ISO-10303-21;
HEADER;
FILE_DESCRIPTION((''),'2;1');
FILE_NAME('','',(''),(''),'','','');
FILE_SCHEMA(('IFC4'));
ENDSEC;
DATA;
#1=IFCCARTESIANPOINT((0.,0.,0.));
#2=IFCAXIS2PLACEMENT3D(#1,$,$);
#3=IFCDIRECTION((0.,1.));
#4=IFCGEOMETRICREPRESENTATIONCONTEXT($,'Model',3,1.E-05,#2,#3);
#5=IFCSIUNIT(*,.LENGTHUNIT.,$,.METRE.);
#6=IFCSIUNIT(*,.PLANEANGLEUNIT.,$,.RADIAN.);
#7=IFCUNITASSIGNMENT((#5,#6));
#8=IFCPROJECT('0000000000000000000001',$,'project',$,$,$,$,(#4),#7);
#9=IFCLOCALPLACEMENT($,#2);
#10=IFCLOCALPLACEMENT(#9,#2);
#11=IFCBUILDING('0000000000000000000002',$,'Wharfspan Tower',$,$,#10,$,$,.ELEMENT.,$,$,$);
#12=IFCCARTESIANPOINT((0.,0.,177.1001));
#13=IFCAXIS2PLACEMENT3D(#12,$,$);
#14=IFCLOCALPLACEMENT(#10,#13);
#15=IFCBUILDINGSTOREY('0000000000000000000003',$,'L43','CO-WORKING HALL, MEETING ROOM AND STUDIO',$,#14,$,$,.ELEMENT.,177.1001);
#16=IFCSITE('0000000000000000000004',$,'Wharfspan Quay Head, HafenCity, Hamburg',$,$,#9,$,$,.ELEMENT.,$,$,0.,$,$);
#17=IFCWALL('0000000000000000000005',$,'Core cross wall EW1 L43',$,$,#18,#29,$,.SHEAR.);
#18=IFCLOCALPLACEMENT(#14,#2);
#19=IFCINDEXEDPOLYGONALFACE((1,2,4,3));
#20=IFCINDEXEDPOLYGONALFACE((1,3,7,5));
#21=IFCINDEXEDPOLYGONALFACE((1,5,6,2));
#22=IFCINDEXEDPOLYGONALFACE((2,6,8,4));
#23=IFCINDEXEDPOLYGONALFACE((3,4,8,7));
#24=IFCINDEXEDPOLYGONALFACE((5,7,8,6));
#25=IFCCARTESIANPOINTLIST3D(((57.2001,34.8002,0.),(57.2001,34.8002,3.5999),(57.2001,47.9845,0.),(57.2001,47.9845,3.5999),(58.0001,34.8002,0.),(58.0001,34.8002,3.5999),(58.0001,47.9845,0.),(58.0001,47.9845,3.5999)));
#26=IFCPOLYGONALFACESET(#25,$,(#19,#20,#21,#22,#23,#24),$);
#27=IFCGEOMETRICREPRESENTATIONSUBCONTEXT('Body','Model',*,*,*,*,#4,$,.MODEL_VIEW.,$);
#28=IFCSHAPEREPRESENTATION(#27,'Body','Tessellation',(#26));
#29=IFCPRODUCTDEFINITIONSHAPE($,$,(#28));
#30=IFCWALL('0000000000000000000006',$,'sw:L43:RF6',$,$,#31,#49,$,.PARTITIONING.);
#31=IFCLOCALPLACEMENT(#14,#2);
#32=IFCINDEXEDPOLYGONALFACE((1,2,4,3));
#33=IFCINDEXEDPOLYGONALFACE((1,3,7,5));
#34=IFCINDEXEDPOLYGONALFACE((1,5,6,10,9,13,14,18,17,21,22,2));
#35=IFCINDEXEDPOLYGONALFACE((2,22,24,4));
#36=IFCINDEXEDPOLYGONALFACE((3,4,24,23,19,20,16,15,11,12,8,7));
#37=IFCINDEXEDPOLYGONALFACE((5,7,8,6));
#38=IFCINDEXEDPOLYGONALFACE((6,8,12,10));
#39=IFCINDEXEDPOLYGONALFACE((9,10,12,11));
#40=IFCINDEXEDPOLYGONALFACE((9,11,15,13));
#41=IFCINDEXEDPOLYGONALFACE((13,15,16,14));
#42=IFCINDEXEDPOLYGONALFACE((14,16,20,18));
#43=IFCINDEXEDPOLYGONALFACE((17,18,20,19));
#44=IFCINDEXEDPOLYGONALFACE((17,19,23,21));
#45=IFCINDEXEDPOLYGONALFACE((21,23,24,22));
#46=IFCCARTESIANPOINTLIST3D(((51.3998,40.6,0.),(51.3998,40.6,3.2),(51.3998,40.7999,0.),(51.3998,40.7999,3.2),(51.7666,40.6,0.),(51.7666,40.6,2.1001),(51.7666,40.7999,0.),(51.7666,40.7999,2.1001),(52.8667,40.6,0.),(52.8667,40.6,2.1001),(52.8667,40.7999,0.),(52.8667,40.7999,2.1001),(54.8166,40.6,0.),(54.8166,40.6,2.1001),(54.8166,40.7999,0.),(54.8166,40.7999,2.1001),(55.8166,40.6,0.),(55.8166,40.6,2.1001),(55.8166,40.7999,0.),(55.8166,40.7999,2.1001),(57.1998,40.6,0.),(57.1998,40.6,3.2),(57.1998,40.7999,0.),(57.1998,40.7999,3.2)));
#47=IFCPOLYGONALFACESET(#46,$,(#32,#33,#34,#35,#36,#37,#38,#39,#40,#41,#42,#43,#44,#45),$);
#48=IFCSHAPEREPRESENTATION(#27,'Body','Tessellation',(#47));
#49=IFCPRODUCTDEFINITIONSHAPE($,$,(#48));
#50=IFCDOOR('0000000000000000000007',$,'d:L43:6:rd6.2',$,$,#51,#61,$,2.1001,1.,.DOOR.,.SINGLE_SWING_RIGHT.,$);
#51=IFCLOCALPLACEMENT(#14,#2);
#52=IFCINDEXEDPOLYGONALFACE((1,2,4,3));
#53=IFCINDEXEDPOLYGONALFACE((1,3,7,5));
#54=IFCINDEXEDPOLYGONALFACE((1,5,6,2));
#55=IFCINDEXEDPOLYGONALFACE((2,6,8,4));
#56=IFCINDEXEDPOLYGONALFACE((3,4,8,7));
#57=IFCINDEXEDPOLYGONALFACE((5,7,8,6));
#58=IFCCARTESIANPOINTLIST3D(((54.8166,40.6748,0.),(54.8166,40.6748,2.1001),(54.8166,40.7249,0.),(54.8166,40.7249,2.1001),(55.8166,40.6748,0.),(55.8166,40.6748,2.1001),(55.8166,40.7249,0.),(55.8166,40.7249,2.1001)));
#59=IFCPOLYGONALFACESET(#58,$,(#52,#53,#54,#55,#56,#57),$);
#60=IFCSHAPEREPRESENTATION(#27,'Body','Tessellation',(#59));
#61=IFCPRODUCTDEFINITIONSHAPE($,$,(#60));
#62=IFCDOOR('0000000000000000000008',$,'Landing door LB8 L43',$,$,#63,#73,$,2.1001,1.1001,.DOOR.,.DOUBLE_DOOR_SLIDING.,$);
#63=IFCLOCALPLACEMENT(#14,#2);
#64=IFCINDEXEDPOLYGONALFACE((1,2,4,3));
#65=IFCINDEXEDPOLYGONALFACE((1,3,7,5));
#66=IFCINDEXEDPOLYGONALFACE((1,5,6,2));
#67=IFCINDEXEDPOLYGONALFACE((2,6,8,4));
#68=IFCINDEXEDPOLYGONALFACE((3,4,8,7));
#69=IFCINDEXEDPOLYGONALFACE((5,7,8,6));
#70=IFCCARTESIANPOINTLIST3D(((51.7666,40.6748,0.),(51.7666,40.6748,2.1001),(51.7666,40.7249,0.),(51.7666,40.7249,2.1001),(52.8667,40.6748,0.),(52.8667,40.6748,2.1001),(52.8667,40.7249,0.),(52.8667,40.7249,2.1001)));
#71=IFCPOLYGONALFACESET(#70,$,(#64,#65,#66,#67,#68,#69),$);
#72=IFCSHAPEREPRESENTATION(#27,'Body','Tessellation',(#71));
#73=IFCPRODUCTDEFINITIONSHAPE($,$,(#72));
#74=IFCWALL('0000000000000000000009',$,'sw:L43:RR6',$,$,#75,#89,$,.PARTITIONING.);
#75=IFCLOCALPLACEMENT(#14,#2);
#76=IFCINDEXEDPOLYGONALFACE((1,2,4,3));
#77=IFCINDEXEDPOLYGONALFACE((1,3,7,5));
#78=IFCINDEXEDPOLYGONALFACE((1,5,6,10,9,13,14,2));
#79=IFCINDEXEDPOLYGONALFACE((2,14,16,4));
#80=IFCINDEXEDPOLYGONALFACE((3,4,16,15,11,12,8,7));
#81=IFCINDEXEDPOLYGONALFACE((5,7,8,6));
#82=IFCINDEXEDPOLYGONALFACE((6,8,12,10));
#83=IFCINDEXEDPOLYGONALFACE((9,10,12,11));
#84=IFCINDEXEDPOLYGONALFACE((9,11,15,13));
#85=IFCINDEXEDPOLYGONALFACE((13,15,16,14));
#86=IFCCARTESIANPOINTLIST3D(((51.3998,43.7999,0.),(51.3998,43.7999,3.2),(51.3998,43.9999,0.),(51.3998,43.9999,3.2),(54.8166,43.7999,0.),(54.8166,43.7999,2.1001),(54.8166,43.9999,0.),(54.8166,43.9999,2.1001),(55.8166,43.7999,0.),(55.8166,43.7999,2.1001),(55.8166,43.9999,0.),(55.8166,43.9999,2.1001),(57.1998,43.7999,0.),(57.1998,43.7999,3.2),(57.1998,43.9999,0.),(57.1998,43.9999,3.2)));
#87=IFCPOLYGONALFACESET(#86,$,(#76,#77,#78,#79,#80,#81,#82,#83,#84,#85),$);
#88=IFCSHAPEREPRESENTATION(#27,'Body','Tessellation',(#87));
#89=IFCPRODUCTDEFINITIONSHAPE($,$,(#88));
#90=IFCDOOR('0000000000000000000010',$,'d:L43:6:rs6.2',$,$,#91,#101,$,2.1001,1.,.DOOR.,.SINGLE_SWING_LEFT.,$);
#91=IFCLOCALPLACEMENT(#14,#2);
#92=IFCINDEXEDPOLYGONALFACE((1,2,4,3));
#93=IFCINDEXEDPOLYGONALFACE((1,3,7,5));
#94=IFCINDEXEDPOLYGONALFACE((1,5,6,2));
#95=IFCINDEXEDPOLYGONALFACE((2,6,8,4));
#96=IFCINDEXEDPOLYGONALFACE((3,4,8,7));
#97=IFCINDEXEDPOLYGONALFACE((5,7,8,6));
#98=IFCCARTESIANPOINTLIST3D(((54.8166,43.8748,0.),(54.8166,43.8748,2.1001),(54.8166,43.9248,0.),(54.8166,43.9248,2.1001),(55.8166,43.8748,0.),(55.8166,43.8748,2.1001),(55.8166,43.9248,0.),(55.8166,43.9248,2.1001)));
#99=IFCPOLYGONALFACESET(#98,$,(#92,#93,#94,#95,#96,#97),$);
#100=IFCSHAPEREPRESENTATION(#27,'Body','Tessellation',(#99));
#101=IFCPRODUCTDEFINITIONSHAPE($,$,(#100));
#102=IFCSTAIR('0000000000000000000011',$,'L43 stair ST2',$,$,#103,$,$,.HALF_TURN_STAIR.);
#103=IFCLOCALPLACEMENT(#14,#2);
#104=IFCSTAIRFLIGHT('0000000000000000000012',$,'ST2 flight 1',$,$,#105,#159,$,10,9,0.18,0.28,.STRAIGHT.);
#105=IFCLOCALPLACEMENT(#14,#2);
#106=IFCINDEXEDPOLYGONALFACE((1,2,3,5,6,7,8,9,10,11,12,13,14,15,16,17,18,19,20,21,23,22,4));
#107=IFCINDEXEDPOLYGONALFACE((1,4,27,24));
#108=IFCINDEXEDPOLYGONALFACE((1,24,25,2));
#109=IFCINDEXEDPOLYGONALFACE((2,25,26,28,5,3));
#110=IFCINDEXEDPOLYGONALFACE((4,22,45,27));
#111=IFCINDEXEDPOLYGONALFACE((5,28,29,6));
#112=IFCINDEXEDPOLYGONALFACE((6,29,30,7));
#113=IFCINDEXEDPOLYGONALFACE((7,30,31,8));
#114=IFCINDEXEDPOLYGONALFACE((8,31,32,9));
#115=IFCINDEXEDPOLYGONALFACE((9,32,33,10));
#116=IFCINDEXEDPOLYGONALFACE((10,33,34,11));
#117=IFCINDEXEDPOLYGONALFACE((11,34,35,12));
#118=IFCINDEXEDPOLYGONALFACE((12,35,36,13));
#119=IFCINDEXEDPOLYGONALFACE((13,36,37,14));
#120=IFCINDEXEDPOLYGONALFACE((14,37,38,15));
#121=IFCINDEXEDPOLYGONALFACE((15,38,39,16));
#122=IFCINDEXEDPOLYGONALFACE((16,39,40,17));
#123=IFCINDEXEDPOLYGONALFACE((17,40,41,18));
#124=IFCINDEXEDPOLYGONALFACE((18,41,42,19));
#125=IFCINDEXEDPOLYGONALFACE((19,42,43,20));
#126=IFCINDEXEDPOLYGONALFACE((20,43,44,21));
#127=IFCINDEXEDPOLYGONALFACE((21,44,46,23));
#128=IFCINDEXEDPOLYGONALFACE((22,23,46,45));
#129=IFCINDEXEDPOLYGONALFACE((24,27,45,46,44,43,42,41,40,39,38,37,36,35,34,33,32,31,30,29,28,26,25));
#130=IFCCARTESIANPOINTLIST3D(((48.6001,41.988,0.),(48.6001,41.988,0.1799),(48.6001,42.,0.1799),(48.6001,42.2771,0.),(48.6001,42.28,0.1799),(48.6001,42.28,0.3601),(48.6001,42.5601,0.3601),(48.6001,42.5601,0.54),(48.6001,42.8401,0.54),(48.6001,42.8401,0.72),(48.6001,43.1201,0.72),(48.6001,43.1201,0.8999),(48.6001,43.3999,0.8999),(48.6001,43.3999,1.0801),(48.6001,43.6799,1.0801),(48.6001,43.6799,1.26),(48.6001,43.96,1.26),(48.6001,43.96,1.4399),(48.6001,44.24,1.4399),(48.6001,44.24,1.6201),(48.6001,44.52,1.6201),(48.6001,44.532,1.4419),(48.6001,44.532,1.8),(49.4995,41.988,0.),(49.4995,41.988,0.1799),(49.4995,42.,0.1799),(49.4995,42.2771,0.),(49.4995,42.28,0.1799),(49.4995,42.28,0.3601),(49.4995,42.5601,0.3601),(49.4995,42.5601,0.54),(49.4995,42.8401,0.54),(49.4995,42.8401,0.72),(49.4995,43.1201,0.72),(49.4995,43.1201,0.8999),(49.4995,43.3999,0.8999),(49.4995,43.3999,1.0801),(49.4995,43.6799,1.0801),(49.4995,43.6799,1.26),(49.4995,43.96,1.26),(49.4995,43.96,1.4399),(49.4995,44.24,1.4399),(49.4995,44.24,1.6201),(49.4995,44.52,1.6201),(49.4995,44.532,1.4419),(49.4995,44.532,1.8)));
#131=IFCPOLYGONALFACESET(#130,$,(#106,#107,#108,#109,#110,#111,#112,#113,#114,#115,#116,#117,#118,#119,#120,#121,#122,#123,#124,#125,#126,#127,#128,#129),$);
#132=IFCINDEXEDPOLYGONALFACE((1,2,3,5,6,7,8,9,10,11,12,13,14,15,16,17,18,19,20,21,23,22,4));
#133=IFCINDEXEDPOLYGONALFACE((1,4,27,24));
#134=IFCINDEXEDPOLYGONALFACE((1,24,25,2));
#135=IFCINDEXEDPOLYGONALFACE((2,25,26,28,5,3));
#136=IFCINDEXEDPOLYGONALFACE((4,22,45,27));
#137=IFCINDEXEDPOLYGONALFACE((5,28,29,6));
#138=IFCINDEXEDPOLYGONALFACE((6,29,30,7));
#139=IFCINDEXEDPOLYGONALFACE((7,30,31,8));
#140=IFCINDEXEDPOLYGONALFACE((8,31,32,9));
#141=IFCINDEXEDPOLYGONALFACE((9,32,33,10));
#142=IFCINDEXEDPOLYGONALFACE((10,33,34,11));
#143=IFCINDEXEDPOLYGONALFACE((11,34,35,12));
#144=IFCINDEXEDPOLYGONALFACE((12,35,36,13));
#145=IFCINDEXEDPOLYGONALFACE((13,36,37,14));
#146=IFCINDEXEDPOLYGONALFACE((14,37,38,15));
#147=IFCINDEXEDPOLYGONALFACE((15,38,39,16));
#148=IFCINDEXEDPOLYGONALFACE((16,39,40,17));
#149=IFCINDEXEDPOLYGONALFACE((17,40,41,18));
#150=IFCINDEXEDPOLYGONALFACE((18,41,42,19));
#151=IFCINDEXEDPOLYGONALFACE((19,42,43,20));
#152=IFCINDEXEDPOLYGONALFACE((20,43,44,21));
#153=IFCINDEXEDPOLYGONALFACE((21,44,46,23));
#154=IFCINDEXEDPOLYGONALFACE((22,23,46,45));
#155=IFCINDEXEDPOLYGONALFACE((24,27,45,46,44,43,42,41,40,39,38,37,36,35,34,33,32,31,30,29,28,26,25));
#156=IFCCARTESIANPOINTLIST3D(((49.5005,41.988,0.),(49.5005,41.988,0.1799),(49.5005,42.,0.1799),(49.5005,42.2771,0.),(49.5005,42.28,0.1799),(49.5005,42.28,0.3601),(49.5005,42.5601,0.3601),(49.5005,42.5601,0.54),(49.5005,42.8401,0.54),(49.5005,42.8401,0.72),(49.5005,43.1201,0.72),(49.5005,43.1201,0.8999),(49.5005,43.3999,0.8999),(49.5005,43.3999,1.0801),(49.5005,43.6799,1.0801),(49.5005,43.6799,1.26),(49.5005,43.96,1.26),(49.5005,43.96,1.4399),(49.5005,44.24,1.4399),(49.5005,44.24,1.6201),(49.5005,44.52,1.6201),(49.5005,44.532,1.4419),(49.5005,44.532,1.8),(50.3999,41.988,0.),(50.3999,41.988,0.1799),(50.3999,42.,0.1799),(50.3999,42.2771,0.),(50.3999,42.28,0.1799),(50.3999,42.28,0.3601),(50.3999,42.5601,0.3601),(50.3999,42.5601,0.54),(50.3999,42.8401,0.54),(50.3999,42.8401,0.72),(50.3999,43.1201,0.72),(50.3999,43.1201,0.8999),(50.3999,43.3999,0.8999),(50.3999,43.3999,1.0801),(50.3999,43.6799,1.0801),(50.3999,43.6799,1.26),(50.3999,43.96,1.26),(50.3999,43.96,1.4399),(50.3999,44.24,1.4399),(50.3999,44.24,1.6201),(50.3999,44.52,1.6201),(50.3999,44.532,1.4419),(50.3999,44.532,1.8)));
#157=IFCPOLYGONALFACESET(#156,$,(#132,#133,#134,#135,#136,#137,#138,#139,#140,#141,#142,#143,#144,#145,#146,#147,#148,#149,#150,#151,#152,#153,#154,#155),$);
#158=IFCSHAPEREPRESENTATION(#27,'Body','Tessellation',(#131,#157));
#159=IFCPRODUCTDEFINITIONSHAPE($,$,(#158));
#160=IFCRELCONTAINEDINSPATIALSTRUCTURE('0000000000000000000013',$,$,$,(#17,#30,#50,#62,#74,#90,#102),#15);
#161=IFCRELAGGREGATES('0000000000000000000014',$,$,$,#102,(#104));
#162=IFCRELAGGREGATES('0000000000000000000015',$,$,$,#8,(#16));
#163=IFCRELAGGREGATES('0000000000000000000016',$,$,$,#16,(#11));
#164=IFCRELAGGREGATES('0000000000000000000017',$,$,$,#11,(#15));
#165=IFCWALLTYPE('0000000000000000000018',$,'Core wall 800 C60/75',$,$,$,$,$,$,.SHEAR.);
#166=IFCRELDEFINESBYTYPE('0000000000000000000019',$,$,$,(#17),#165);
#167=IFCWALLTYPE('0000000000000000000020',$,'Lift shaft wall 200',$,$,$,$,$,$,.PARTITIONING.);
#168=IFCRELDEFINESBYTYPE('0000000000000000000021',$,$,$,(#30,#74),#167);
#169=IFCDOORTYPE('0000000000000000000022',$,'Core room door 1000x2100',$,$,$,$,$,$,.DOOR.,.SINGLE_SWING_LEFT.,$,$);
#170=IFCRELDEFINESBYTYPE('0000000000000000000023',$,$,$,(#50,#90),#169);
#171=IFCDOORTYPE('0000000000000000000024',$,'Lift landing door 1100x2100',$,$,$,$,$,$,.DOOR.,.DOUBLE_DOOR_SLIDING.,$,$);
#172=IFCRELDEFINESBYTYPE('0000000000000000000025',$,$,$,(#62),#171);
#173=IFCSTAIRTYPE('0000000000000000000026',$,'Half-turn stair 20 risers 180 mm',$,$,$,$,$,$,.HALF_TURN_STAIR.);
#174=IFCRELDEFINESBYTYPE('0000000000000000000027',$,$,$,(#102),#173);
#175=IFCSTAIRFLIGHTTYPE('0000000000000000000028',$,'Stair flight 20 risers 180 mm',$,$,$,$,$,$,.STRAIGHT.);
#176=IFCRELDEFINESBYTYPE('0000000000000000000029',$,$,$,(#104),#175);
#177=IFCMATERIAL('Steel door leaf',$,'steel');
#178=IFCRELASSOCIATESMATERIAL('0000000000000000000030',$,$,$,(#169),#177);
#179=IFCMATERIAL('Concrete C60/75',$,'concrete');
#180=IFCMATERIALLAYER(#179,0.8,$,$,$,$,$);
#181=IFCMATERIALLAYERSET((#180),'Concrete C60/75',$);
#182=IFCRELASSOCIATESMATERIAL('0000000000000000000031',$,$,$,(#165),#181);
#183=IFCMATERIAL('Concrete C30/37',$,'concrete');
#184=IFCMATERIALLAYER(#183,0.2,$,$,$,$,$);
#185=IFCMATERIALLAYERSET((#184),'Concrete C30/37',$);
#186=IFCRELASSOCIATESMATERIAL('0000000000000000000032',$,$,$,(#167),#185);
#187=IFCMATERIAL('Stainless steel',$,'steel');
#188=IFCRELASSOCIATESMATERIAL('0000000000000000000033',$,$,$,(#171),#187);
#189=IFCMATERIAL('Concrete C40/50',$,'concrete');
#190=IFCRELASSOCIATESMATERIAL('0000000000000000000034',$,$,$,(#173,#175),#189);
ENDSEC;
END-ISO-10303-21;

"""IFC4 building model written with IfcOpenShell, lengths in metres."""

from ifc_helpers import new_model, si_unit, direction, frame, frame_2d, origin, place, context, subcontext, project, spatial, polyline, rectangle, outline, extrude, material, layer, layer_set, type_object, element, fill, aggregate, save


model = new_model("IFC4")

# Units and contexts
model_context = context("Model", 3, precision=1e-05, world=origin(), true_north=direction((0.0, 1.0)))
body_context = subcontext(model_context, "Body", "Model", "MODEL_VIEW")
ifc_project = project(units=[si_unit("LENGTHUNIT", "METRE"), si_unit("PLANEANGLEUNIT", "RADIAN")], contexts=[model_context])

# Site, building, storey
site_placement = place(None, origin())
site = spatial("IfcSite", under=ifc_project, at=site_placement, Name="Wharfspan Quay Head, HafenCity, Hamburg", CompositionType="ELEMENT", RefElevation=0.0)
building_placement = place(site_placement, origin())
building = spatial("IfcBuilding", under=site, at=building_placement, Name="Wharfspan Tower", CompositionType="ELEMENT")
storey_placement = place(building_placement, frame((0.0, 0.0, 177.1001)))
storey = spatial("IfcBuildingStorey", under=building, at=storey_placement, Name="L43", Description="CO-WORKING HALL, MEETING ROOM AND STUDIO", CompositionType="ELEMENT", Elevation=177.1001)

# Shared definitions
ifc_material_1 = material(Name="Steel door leaf", Category="steel")
door_type_1 = type_object("IfcDoorType", Name="Core room door 1000x2100", OperationType="SINGLE_SWING_LEFT", PredefinedType="DOOR", material=ifc_material_1)

# Wall
ifc_material_2 = material(Name="Concrete C60/75", Category="concrete")
ifc_layer_1 = layer(ifc_material_2, 0.8)
ifc_layer_set_1 = layer_set([ifc_layer_1], Name="Concrete C60/75")
wall_type_1 = type_object("IfcWallType", Name="Core wall 800 C60/75", PredefinedType="SHEAR", material=ifc_layer_set_1)
wall_1_placement = place(storey_placement, frame((57.6001, 34.8, 0.0), z_axis=(0.0, 0.0, 1.0), x_axis=(0.0, 1.0, 0.0)))
element("IfcWall", 1, at=wall_1_placement, inside=storey, type_object=wall_type_1, Name="Core cross wall EW1 L43", PredefinedType="SHEAR", context=body_context, shape_type="SweptSolid", body=[
    extrude(rectangle(XDim=13.1843, YDim=0.8, at=frame_2d((6.5923, 0.0))), origin(), (0.0, 0.0, 1.0), 3.5999),
])

# Wall, openings, doors
ifc_material_3 = material(Name="Concrete C30/37", Category="concrete")
ifc_layer_2 = layer(ifc_material_3, 0.2)
ifc_layer_set_2 = layer_set([ifc_layer_2], Name="Concrete C30/37")
wall_type_2 = type_object("IfcWallType", Name="Lift shaft wall 200", PredefinedType="PARTITIONING", material=ifc_layer_set_2)
wall_2_placement = place(storey_placement, frame((51.3999, 40.7, 0.0), z_axis=(0.0, 0.0, 1.0), x_axis=(1.0, 0.0, 0.0)))
wall_2 = element("IfcWall", 2, at=wall_2_placement, inside=storey, type_object=wall_type_2, Name="sw:L43:RF6", PredefinedType="PARTITIONING", context=body_context, shape_type="SweptSolid", body=[
    extrude(rectangle(XDim=5.8, YDim=0.2, at=frame_2d((2.8999, 0.0))), origin(), (0.0, 0.0, 1.0), 3.2),
])
opening_1_placement = place(wall_2_placement, frame((0.3667, 0.0, 0.0)))
opening_1 = element("IfcOpeningElement", 3, at=opening_1_placement, cuts=wall_2, PredefinedType="OPENING", context=body_context, shape_type="SweptSolid", body=[
    extrude(rectangle(XDim=1.1001, YDim=2.1001, at=frame_2d((0.55, 1.05))), frame((0.0, 0.1099, 0.0), z_axis=(0.0, -1.0, 0.0), x_axis=(1.0, 0.0, 0.0)), (0.0, 0.0, 1.0), 0.22),
])
opening_2_placement = place(wall_2_placement, frame((3.4167, 0.0, 0.0)))
opening_2 = element("IfcOpeningElement", 4, at=opening_2_placement, cuts=wall_2, PredefinedType="OPENING", context=body_context, shape_type="SweptSolid", body=[
    extrude(rectangle(XDim=1.0, YDim=2.1001, at=frame_2d((0.5, 1.05))), frame((0.0, 0.1099, 0.0), z_axis=(0.0, -1.0, 0.0), x_axis=(1.0, 0.0, 0.0)), (0.0, 0.0, 1.0), 0.22),
])
door_1_placement = place(opening_2_placement, origin())
door_1 = element("IfcDoor", 5, at=door_1_placement, inside=storey, type_object=door_type_1, Name="d:L43:6:rd6.2", OperationType="SINGLE_SWING_RIGHT", OverallHeight=2.1001, OverallWidth=1.0, PredefinedType="DOOR", context=body_context, shape_type="SweptSolid", body=[
    extrude(rectangle(XDim=1.0, YDim=2.1001, at=frame_2d((0.5, 1.05))), frame((0.0, 0.0249, 0.0), z_axis=(0.0, -1.0, 0.0), x_axis=(1.0, 0.0, 0.0)), (0.0, 0.0, 1.0), 0.05),
])
fill(opening_2, door_1)
ifc_material_4 = material(Name="Stainless steel", Category="steel")
door_type_2 = type_object("IfcDoorType", Name="Lift landing door 1100x2100", OperationType="DOUBLE_DOOR_SLIDING", PredefinedType="DOOR", material=ifc_material_4)
door_2_placement = place(opening_1_placement, origin())
door_2 = element("IfcDoor", 6, at=door_2_placement, inside=storey, type_object=door_type_2, Name="Landing door LB8 L43", OperationType="DOUBLE_DOOR_SLIDING", OverallHeight=2.1001, OverallWidth=1.1001, PredefinedType="DOOR", context=body_context, shape_type="SweptSolid", body=[
    extrude(rectangle(XDim=1.1001, YDim=2.1001, at=frame_2d((0.55, 1.05))), frame((0.0, 0.0249, 0.0), z_axis=(0.0, -1.0, 0.0), x_axis=(1.0, 0.0, 0.0)), (0.0, 0.0, 1.0), 0.05),
])
fill(opening_1, door_2)

# Wall, opening, door
wall_3_placement = place(storey_placement, frame((51.3999, 43.8999, 0.0), z_axis=(0.0, 0.0, 1.0), x_axis=(1.0, 0.0, 0.0)))
wall_3 = element("IfcWall", 7, at=wall_3_placement, inside=storey, type_object=wall_type_2, Name="sw:L43:RR6", PredefinedType="PARTITIONING", context=body_context, shape_type="SweptSolid", body=[
    extrude(rectangle(XDim=5.8, YDim=0.2, at=frame_2d((2.8999, 0.0))), origin(), (0.0, 0.0, 1.0), 3.2),
])
opening_3_placement = place(wall_3_placement, frame((3.4167, 0.0, 0.0)))
opening_3 = element("IfcOpeningElement", 8, at=opening_3_placement, cuts=wall_3, PredefinedType="OPENING", context=body_context, shape_type="SweptSolid", body=[
    extrude(rectangle(XDim=1.0, YDim=2.1001, at=frame_2d((0.5, 1.05))), frame((0.0, 0.1099, 0.0), z_axis=(0.0, -1.0, 0.0), x_axis=(1.0, 0.0, 0.0)), (0.0, 0.0, 1.0), 0.22),
])
door_3_placement = place(opening_3_placement, origin())
door_3 = element("IfcDoor", 9, at=door_3_placement, inside=storey, type_object=door_type_1, Name="d:L43:6:rs6.2", OperationType="SINGLE_SWING_LEFT", OverallHeight=2.1001, OverallWidth=1.0, PredefinedType="DOOR", context=body_context, shape_type="SweptSolid", body=[
    extrude(rectangle(XDim=1.0, YDim=2.1001, at=frame_2d((0.5, 1.05))), frame((0.0, 0.0249, 0.0), z_axis=(0.0, -1.0, 0.0), x_axis=(1.0, 0.0, 0.0)), (0.0, 0.0, 1.0), 0.05),
])
fill(opening_3, door_3)

# Stair, stair flight
ifc_material_5 = material(Name="Concrete C40/50", Category="concrete")
stair_type = type_object("IfcStairType", Name="Half-turn stair 20 risers 180 mm", PredefinedType="HALF_TURN_STAIR", material=ifc_material_5)
stair_placement = place(storey_placement, origin())
stair = element("IfcStair", 10, at=stair_placement, inside=storey, type_object=stair_type, Name="L43 stair ST2", PredefinedType="HALF_TURN_STAIR")
stair_flight_type = type_object("IfcStairFlightType", Name="Stair flight 20 risers 180 mm", PredefinedType="STRAIGHT", material=ifc_material_5)
stair_flight_placement = place(storey_placement, frame((49.5, 42.0, 0.0), z_axis=(0.0, 0.0, 1.0), x_axis=(0.0, 1.0, 0.0)))
stair_flight = element("IfcStairFlight", 11, at=stair_flight_placement, type_object=stair_flight_type, Name="ST2 flight 1", NumberOfRisers=10, NumberOfTreads=9, PredefinedType="STRAIGHT", RiserHeight=0.18, TreadLength=0.28, context=body_context, shape_type="SweptSolid", body=[
    extrude(outline(polyline([(-0.012, 0.0), (-0.012, 0.1799), (0.0, 0.1799), (0.28, 0.1799), (0.28, 0.3601), (0.5601, 0.3601), (0.5601, 0.54), (0.8401, 0.54), (0.8401, 0.72), (1.1201, 0.72), (1.1201, 0.8999), (1.3999, 0.8999), (1.3999, 1.0801), (1.6799, 1.0801), (1.6799, 1.26), (1.96, 1.26), (1.96, 1.4399), (2.24, 1.4399), (2.24, 1.6201), (2.52, 1.6201), (2.532, 1.8), (2.532, 1.4419), (0.2771, 0.0), (-0.012, 0.0)])), frame((0.0, 0.8999, 0.0), z_axis=(0.0, -1.0, 0.0), x_axis=(1.0, 0.0, 0.0)), (0.0, 0.0, 1.0), 0.8994),
    extrude(outline(polyline([(-0.012, 0.0), (-0.012, 0.1799), (0.0, 0.1799), (0.28, 0.1799), (0.28, 0.3601), (0.5601, 0.3601), (0.5601, 0.54), (0.8401, 0.54), (0.8401, 0.72), (1.1201, 0.72), (1.1201, 0.8999), (1.3999, 0.8999), (1.3999, 1.0801), (1.6799, 1.0801), (1.6799, 1.26), (1.96, 1.26), (1.96, 1.4399), (2.24, 1.4399), (2.24, 1.6201), (2.52, 1.6201), (2.532, 1.8), (2.532, 1.4419), (0.2771, 0.0), (-0.012, 0.0)])), frame((0.0, -0.0005, 0.0), z_axis=(0.0, -1.0, 0.0), x_axis=(1.0, 0.0, 0.0)), (0.0, 0.0, 1.0), 0.8994),
])
aggregate(stair, [stair_flight])

save(model, "model.ifc")
